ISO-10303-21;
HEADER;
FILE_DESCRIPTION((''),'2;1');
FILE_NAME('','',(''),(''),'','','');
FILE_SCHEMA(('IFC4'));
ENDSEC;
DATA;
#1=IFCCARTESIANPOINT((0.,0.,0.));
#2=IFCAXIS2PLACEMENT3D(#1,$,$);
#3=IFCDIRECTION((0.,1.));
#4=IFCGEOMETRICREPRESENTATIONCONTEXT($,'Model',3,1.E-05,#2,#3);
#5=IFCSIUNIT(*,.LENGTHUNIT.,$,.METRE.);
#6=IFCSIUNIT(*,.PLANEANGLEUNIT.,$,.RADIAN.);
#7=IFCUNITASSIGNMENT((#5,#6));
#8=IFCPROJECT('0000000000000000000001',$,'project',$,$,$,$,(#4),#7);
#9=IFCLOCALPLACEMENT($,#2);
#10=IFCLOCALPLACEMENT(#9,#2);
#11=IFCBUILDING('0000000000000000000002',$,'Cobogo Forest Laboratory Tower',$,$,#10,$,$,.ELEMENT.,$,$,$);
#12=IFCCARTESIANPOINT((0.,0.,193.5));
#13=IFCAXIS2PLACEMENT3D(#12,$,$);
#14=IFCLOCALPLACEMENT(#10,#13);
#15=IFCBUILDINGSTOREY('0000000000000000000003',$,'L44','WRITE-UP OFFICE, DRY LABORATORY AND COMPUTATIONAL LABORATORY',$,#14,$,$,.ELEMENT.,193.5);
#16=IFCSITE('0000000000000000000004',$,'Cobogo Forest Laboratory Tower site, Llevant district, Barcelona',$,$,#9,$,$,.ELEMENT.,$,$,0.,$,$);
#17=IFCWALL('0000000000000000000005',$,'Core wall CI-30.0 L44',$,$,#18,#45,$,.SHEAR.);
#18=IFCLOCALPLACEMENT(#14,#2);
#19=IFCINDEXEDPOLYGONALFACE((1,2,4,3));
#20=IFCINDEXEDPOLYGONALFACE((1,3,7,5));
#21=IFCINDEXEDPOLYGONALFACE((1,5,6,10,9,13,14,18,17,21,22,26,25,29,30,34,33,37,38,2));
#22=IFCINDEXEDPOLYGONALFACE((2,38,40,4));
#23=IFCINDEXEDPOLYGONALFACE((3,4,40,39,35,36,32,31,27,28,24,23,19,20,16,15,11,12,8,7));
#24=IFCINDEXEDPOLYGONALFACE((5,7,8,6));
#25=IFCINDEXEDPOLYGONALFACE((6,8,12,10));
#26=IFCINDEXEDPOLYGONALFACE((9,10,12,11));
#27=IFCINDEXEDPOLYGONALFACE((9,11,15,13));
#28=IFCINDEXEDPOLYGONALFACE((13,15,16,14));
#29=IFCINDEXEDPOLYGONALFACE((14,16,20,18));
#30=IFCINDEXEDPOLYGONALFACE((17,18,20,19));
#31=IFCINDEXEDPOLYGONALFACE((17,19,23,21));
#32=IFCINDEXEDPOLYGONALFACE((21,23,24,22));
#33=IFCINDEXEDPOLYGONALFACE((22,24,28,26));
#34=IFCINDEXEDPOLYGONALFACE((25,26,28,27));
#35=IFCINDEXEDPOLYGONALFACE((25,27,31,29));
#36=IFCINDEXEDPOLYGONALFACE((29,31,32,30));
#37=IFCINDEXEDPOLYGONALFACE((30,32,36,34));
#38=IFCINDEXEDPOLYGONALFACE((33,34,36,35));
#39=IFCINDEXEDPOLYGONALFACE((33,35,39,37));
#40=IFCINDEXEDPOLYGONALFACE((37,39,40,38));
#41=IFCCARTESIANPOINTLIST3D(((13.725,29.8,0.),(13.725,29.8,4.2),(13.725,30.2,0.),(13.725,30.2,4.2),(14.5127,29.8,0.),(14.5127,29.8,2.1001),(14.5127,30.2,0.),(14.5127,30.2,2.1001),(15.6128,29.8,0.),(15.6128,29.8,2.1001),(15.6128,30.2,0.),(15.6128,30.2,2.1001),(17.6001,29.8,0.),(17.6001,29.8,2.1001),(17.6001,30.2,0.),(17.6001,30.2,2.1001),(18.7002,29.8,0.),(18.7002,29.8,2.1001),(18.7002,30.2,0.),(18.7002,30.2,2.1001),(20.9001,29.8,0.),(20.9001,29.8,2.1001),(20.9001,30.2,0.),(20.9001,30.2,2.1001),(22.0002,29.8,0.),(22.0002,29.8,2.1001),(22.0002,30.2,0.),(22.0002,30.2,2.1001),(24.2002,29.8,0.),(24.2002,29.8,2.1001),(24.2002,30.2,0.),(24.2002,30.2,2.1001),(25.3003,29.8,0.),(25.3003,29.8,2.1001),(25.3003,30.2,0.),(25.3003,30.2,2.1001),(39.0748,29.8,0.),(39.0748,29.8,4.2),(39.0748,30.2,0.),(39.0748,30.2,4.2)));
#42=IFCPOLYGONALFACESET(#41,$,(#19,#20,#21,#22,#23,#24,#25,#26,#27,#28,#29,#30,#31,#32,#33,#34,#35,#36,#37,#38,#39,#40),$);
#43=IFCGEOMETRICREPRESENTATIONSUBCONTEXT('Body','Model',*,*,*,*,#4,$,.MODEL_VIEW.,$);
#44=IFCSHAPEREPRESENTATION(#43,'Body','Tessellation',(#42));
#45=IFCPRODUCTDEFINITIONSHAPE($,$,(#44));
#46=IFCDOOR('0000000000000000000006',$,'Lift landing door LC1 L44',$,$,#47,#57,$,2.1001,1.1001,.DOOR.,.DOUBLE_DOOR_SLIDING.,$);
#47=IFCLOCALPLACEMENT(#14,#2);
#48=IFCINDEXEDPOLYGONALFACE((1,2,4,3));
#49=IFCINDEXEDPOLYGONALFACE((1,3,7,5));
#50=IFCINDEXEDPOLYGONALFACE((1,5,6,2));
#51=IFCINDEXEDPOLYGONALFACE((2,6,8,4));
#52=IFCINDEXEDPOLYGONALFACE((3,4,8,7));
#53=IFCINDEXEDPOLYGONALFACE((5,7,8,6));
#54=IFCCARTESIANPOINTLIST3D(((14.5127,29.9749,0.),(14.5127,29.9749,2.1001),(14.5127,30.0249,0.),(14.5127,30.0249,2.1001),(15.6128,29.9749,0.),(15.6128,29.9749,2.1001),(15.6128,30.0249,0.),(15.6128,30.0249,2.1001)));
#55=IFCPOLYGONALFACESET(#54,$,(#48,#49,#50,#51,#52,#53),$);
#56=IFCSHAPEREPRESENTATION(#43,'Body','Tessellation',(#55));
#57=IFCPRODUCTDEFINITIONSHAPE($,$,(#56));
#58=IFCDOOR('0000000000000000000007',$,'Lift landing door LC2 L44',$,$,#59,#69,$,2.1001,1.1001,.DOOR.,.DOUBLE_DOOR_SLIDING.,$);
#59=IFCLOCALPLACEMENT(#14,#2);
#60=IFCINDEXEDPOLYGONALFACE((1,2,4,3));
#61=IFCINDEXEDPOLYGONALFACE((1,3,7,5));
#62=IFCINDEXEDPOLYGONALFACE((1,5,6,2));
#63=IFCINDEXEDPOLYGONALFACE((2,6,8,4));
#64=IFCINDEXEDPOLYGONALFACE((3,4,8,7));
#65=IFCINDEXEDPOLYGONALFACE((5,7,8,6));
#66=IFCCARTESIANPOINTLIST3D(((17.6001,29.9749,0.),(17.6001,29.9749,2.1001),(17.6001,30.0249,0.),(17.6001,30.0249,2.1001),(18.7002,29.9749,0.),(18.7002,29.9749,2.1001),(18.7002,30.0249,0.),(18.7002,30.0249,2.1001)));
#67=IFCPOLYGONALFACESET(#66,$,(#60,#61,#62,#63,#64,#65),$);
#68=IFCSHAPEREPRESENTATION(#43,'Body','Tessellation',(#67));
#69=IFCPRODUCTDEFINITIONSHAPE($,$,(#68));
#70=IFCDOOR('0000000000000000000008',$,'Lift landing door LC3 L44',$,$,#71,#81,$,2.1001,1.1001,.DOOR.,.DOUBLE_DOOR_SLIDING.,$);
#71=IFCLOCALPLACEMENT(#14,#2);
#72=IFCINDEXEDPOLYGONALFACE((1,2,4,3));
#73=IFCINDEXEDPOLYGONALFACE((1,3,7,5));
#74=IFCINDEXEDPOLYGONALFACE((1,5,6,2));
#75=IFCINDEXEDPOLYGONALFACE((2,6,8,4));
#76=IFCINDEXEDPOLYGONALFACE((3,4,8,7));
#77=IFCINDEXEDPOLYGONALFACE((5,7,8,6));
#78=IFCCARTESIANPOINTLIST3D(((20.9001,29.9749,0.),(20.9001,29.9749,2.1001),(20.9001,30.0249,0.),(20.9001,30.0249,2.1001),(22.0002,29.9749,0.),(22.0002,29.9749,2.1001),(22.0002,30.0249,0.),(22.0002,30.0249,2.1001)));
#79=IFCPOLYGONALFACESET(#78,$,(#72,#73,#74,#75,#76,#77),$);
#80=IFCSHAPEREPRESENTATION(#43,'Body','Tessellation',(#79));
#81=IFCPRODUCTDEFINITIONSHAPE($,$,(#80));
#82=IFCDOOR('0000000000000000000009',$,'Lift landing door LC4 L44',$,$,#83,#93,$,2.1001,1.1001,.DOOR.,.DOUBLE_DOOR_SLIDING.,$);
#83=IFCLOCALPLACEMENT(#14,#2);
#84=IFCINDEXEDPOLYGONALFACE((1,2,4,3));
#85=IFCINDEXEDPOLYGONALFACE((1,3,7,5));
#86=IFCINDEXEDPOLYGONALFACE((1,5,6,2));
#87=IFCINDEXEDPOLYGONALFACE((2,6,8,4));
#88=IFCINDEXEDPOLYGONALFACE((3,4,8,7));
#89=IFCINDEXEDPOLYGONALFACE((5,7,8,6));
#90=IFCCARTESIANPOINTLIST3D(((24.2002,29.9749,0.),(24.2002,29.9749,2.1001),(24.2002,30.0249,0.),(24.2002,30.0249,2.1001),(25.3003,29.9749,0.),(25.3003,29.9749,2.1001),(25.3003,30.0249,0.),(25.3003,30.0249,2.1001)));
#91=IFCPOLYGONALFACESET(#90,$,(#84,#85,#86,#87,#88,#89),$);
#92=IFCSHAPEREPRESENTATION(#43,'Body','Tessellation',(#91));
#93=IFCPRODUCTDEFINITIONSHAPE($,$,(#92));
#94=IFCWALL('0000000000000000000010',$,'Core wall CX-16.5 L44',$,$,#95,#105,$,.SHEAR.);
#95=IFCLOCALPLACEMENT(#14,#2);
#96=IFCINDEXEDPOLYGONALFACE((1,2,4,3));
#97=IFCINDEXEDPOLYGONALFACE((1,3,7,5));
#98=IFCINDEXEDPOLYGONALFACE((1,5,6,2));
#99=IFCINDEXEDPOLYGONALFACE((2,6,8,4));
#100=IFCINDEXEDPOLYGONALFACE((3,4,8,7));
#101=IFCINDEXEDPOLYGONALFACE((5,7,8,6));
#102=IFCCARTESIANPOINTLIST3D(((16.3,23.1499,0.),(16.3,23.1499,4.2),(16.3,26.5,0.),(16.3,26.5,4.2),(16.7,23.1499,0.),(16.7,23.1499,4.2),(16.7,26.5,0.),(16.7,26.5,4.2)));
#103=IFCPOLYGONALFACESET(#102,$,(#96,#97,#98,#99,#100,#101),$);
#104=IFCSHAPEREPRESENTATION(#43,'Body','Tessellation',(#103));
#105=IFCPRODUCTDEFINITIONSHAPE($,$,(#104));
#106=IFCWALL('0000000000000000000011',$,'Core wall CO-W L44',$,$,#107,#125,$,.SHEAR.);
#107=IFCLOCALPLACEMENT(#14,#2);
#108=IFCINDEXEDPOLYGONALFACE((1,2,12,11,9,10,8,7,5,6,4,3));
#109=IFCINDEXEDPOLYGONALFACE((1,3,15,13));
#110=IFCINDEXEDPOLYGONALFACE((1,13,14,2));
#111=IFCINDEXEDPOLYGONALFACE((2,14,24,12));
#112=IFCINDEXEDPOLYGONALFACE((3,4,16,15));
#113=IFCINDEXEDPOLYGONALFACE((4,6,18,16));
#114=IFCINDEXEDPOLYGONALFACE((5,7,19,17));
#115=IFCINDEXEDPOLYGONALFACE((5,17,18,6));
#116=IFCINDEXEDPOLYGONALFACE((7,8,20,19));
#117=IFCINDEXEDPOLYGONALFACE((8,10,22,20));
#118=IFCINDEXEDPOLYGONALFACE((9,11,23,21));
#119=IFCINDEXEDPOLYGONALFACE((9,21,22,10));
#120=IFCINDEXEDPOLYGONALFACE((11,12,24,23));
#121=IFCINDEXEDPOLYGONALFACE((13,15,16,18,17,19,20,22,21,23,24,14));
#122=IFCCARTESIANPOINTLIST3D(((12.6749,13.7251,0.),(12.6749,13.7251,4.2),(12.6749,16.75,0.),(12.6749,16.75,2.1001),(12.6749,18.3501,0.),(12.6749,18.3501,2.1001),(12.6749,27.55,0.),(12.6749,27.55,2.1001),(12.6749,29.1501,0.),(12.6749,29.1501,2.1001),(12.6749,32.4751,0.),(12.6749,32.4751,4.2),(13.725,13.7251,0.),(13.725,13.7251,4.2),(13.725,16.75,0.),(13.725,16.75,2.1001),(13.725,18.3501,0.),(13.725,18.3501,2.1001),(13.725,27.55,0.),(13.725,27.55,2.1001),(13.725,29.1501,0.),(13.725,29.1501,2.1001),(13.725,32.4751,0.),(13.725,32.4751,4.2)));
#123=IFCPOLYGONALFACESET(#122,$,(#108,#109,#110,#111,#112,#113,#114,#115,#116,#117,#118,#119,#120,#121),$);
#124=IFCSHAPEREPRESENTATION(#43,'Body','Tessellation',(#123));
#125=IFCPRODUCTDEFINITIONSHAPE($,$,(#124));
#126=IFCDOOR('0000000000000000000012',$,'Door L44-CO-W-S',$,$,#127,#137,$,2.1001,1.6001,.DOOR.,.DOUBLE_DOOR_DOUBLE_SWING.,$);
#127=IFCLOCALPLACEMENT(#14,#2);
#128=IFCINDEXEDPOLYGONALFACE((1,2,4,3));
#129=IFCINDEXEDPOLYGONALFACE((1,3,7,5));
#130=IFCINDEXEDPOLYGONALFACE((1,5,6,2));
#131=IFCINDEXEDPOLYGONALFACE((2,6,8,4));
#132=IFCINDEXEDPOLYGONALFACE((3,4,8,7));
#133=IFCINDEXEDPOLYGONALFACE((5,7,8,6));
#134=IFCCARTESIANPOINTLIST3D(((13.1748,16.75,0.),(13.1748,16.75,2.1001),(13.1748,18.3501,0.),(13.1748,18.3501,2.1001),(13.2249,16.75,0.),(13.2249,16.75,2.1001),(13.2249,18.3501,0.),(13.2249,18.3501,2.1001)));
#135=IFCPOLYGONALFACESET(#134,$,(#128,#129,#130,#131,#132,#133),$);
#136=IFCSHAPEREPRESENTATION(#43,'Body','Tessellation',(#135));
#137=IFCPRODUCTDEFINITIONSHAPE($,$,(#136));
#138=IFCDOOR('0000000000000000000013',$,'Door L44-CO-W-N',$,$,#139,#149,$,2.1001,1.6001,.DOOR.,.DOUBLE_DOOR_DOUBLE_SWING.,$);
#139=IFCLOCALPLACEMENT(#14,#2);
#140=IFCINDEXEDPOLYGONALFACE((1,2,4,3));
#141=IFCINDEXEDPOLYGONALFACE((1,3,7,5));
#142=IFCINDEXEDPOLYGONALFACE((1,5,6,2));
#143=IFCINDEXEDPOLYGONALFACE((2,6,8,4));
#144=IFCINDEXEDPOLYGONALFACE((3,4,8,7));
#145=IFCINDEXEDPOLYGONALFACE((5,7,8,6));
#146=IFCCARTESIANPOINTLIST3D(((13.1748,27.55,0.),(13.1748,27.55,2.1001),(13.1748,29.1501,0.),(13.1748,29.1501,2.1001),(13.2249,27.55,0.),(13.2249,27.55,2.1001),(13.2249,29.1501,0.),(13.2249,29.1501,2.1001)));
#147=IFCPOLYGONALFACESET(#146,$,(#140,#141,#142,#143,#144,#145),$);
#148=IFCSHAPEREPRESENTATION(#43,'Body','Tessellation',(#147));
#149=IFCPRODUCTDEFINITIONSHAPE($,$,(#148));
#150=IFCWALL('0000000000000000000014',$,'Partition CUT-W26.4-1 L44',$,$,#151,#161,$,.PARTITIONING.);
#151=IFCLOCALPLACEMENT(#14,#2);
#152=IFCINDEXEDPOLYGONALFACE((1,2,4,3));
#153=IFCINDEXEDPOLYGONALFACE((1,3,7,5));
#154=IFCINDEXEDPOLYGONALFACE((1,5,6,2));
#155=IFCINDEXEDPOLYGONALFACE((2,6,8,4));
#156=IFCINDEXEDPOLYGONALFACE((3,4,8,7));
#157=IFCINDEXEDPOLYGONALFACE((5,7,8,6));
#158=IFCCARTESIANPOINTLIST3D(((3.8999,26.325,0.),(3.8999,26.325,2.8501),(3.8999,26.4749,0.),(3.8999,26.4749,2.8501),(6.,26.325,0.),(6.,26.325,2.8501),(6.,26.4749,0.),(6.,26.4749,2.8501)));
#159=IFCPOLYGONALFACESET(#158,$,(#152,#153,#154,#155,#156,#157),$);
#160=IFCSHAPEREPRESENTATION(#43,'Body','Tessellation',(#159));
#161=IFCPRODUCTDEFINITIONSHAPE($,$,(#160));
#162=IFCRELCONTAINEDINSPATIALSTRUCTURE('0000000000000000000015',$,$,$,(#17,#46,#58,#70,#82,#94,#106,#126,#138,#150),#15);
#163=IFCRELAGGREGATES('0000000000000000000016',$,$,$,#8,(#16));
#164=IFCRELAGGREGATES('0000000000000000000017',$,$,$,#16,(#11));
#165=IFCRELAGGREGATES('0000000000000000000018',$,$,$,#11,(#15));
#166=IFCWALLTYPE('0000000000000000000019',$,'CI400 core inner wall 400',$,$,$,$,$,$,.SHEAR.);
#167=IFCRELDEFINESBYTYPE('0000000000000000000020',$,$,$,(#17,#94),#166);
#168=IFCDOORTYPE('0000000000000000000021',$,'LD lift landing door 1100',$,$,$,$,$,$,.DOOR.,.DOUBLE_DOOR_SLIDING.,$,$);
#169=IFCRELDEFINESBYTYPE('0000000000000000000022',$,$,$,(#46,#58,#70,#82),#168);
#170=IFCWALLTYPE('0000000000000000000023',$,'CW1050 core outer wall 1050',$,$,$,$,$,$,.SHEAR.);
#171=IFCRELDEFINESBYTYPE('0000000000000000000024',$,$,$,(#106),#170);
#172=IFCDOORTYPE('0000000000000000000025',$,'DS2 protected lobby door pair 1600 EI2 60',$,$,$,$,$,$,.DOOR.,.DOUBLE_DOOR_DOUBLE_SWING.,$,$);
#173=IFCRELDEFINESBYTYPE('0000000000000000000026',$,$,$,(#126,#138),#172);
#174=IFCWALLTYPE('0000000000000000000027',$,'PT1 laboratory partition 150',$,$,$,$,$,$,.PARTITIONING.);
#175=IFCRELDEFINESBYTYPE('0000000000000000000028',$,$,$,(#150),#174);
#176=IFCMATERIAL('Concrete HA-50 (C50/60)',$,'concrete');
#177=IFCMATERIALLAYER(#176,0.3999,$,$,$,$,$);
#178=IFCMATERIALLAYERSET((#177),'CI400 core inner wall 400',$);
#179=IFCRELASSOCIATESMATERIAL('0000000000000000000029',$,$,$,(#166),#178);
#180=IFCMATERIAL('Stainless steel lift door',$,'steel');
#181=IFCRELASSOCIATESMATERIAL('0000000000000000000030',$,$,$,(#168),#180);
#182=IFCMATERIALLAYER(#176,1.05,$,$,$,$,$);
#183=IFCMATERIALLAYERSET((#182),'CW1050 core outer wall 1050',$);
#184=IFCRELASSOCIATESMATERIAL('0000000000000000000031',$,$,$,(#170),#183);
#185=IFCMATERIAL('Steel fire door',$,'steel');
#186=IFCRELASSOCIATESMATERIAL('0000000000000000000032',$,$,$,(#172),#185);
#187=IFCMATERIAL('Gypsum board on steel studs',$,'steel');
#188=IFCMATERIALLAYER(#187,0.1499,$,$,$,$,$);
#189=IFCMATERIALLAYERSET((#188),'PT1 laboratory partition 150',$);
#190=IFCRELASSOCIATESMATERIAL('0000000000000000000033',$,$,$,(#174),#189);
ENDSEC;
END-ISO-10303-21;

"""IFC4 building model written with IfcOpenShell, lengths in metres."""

from ifc_helpers import new_model, si_unit, direction, frame, frame_2d, origin, place, context, subcontext, project, spatial, rectangle, extrude, material, layer, layer_set, type_object, element, fill, save


model = new_model("IFC4")

# Units and contexts
model_context = context("Model", 3, precision=1e-05, world=origin(), true_north=direction((0.0, 1.0)))
body_context = subcontext(model_context, "Body", "Model", "MODEL_VIEW")
ifc_project = project(units=[si_unit("LENGTHUNIT", "METRE"), si_unit("PLANEANGLEUNIT", "RADIAN")], contexts=[model_context])

# Site, building, storey
site_placement = place(None, origin())
site = spatial("IfcSite", under=ifc_project, at=site_placement, Name="Cobogo Forest Laboratory Tower site, Llevant district, Barcelona", CompositionType="ELEMENT", RefElevation=0.0)
building_placement = place(site_placement, origin())
building = spatial("IfcBuilding", under=site, at=building_placement, Name="Cobogo Forest Laboratory Tower", CompositionType="ELEMENT")
storey_placement = place(building_placement, frame((0.0, 0.0, 193.5)))
storey = spatial("IfcBuildingStorey", under=building, at=storey_placement, Name="L44", Description="WRITE-UP OFFICE, DRY LABORATORY AND COMPUTATIONAL LABORATORY", CompositionType="ELEMENT", Elevation=193.5)

# Shared definitions
ifc_material_1 = material(Name="Concrete HA-50 (C50/60)", Category="concrete")

# Shared definitions
ifc_layer_1 = layer(ifc_material_1, 0.3999)
ifc_layer_set_1 = layer_set([ifc_layer_1], Name="CI400 core inner wall 400")
wall_type_1 = type_object("IfcWallType", Name="CI400 core inner wall 400", PredefinedType="SHEAR", material=ifc_layer_set_1)

# Wall, openings, doors
ifc_material_2 = material(Name="Steel fire door", Category="steel")
ifc_material_3 = material(Name="Stainless steel lift door", Category="steel")
door_type_1 = type_object("IfcDoorType", Name="LD lift landing door 1100", OperationType="DOUBLE_DOOR_SLIDING", PredefinedType="DOOR", material=ifc_material_3)
wall_1_placement = place(storey_placement, frame((13.7251, 30.0, 0.0), z_axis=(0.0, 0.0, 1.0), x_axis=(1.0, 0.0, 0.0)))
wall_1 = element("IfcWall", 1, at=wall_1_placement, inside=storey, type_object=wall_type_1, Name="Core wall CI-30.0 L44", PredefinedType="SHEAR", context=body_context, shape_type="SweptSolid", body=[
    extrude(rectangle(XDim=25.3499, YDim=0.3999, at=frame_2d((12.6748, 0.0))), origin(), (0.0, 0.0, 1.0), 4.2),
])
opening_1_placement = place(wall_1_placement, frame((0.7876, 0.0, 0.0)))
opening_1 = element("IfcOpeningElement", 2, at=opening_1_placement, cuts=wall_1, PredefinedType="OPENING", context=body_context, shape_type="SweptSolid", body=[
    extrude(rectangle(XDim=1.1001, YDim=2.1001, at=frame_2d((0.55, 1.05))), frame((0.0, 0.21, 0.0), z_axis=(0.0, -1.0, 0.0), x_axis=(1.0, 0.0, 0.0)), (0.0, 0.0, 1.0), 0.4199),
])
opening_2_placement = place(wall_1_placement, frame((3.875, 0.0, 0.0)))
opening_2 = element("IfcOpeningElement", 3, at=opening_2_placement, cuts=wall_1, PredefinedType="OPENING", context=body_context, shape_type="SweptSolid", body=[
    extrude(rectangle(XDim=1.1001, YDim=2.1001, at=frame_2d((0.55, 1.05))), frame((0.0, 0.21, 0.0), z_axis=(0.0, -1.0, 0.0), x_axis=(1.0, 0.0, 0.0)), (0.0, 0.0, 1.0), 0.4199),
])
opening_3_placement = place(wall_1_placement, frame((7.175, 0.0, 0.0)))
opening_3 = element("IfcOpeningElement", 4, at=opening_3_placement, cuts=wall_1, PredefinedType="OPENING", context=body_context, shape_type="SweptSolid", body=[
    extrude(rectangle(XDim=1.1001, YDim=2.1001, at=frame_2d((0.55, 1.05))), frame((0.0, 0.21, 0.0), z_axis=(0.0, -1.0, 0.0), x_axis=(1.0, 0.0, 0.0)), (0.0, 0.0, 1.0), 0.4199),
])
opening_4_placement = place(wall_1_placement, frame((10.4751, 0.0, 0.0)))
opening_4 = element("IfcOpeningElement", 5, at=opening_4_placement, cuts=wall_1, PredefinedType="OPENING", context=body_context, shape_type="SweptSolid", body=[
    extrude(rectangle(XDim=1.1001, YDim=2.1001, at=frame_2d((0.55, 1.05))), frame((0.0, 0.21, 0.0), z_axis=(0.0, -1.0, 0.0), x_axis=(1.0, 0.0, 0.0)), (0.0, 0.0, 1.0), 0.4199),
])
door_1_placement = place(opening_1_placement, origin())
door_1 = element("IfcDoor", 6, at=door_1_placement, inside=storey, type_object=door_type_1, Name="Lift landing door LC1 L44", OperationType="DOUBLE_DOOR_SLIDING", OverallHeight=2.1001, OverallWidth=1.1001, PredefinedType="DOOR", context=body_context, shape_type="SweptSolid", body=[
    extrude(rectangle(XDim=1.1001, YDim=2.1001, at=frame_2d((0.55, 1.05))), frame((0.0, 0.0249, 0.0), z_axis=(0.0, -1.0, 0.0), x_axis=(1.0, 0.0, 0.0)), (0.0, 0.0, 1.0), 0.05),
])
fill(opening_1, door_1)
door_2_placement = place(opening_2_placement, origin())
door_2 = element("IfcDoor", 7, at=door_2_placement, inside=storey, type_object=door_type_1, Name="Lift landing door LC2 L44", OperationType="DOUBLE_DOOR_SLIDING", OverallHeight=2.1001, OverallWidth=1.1001, PredefinedType="DOOR", context=body_context, shape_type="SweptSolid", body=[
    extrude(rectangle(XDim=1.1001, YDim=2.1001, at=frame_2d((0.55, 1.05))), frame((0.0, 0.0249, 0.0), z_axis=(0.0, -1.0, 0.0), x_axis=(1.0, 0.0, 0.0)), (0.0, 0.0, 1.0), 0.05),
])
fill(opening_2, door_2)
door_3_placement = place(opening_3_placement, origin())
door_3 = element("IfcDoor", 8, at=door_3_placement, inside=storey, type_object=door_type_1, Name="Lift landing door LC3 L44", OperationType="DOUBLE_DOOR_SLIDING", OverallHeight=2.1001, OverallWidth=1.1001, PredefinedType="DOOR", context=body_context, shape_type="SweptSolid", body=[
    extrude(rectangle(XDim=1.1001, YDim=2.1001, at=frame_2d((0.55, 1.05))), frame((0.0, 0.0249, 0.0), z_axis=(0.0, -1.0, 0.0), x_axis=(1.0, 0.0, 0.0)), (0.0, 0.0, 1.0), 0.05),
])
fill(opening_3, door_3)
door_4_placement = place(opening_4_placement, origin())
door_4 = element("IfcDoor", 9, at=door_4_placement, inside=storey, type_object=door_type_1, Name="Lift landing door LC4 L44", OperationType="DOUBLE_DOOR_SLIDING", OverallHeight=2.1001, OverallWidth=1.1001, PredefinedType="DOOR", context=body_context, shape_type="SweptSolid", body=[
    extrude(rectangle(XDim=1.1001, YDim=2.1001, at=frame_2d((0.55, 1.05))), frame((0.0, 0.0249, 0.0), z_axis=(0.0, -1.0, 0.0), x_axis=(1.0, 0.0, 0.0)), (0.0, 0.0, 1.0), 0.05),
])
fill(opening_4, door_4)

# Wall
wall_2_placement = place(storey_placement, frame((16.5, 23.1499, 0.0), z_axis=(0.0, 0.0, 1.0), x_axis=(0.0, 1.0, 0.0)))
element("IfcWall", 10, at=wall_2_placement, inside=storey, type_object=wall_type_1, Name="Core wall CX-16.5 L44", PredefinedType="SHEAR", context=body_context, shape_type="SweptSolid", body=[
    extrude(rectangle(XDim=3.3501, YDim=0.3999, at=frame_2d((1.675, 0.0))), origin(), (0.0, 0.0, 1.0), 4.2),
])

# Wall, openings, doors
ifc_layer_2 = layer(ifc_material_1, 1.05)
ifc_layer_set_2 = layer_set([ifc_layer_2], Name="CW1050 core outer wall 1050")
wall_type_2 = type_object("IfcWallType", Name="CW1050 core outer wall 1050", PredefinedType="SHEAR", material=ifc_layer_set_2)
wall_3_placement = place(storey_placement, frame((13.2, 32.4751, 0.0), z_axis=(0.0, 0.0, 1.0), x_axis=(0.0, -1.0, 0.0)))
wall_3 = element("IfcWall", 11, at=wall_3_placement, inside=storey, type_object=wall_type_2, Name="Core wall CO-W L44", PredefinedType="SHEAR", context=body_context, shape_type="SweptSolid", body=[
    extrude(rectangle(XDim=18.75, YDim=1.05, at=frame_2d((9.375, 0.0))), origin(), (0.0, 0.0, 1.0), 4.2),
])
opening_5_placement = place(wall_3_placement, frame((14.125, 0.0, 0.0)))
opening_5 = element("IfcOpeningElement", 12, at=opening_5_placement, cuts=wall_3, PredefinedType="OPENING", context=body_context, shape_type="SweptSolid", body=[
    extrude(rectangle(XDim=1.6001, YDim=2.1001, at=frame_2d((0.8, 1.05))), frame((0.0, 0.5349, 0.0), z_axis=(0.0, -1.0, 0.0), x_axis=(1.0, 0.0, 0.0)), (0.0, 0.0, 1.0), 1.0701),
])
opening_6_placement = place(wall_3_placement, frame((3.325, 0.0, 0.0)))
opening_6 = element("IfcOpeningElement", 13, at=opening_6_placement, cuts=wall_3, PredefinedType="OPENING", context=body_context, shape_type="SweptSolid", body=[
    extrude(rectangle(XDim=1.6001, YDim=2.1001, at=frame_2d((0.8, 1.05))), frame((0.0, 0.5349, 0.0), z_axis=(0.0, -1.0, 0.0), x_axis=(1.0, 0.0, 0.0)), (0.0, 0.0, 1.0), 1.0701),
])
door_type_2 = type_object("IfcDoorType", Name="DS2 protected lobby door pair 1600 EI2 60", OperationType="DOUBLE_DOOR_DOUBLE_SWING", PredefinedType="DOOR", material=ifc_material_2)
door_5_placement = place(opening_5_placement, origin())
door_5 = element("IfcDoor", 14, at=door_5_placement, inside=storey, type_object=door_type_2, Name="Door L44-CO-W-S", OperationType="DOUBLE_DOOR_DOUBLE_SWING", OverallHeight=2.1001, OverallWidth=1.6001, PredefinedType="DOOR", context=body_context, shape_type="SweptSolid", body=[
    extrude(rectangle(XDim=1.6001, YDim=2.1001, at=frame_2d((0.8, 1.05))), frame((0.0, 0.0249, 0.0), z_axis=(0.0, -1.0, 0.0), x_axis=(1.0, 0.0, 0.0)), (0.0, 0.0, 1.0), 0.05),
])
fill(opening_5, door_5)
door_6_placement = place(opening_6_placement, origin())
door_6 = element("IfcDoor", 15, at=door_6_placement, inside=storey, type_object=door_type_2, Name="Door L44-CO-W-N", OperationType="DOUBLE_DOOR_DOUBLE_SWING", OverallHeight=2.1001, OverallWidth=1.6001, PredefinedType="DOOR", context=body_context, shape_type="SweptSolid", body=[
    extrude(rectangle(XDim=1.6001, YDim=2.1001, at=frame_2d((0.8, 1.05))), frame((0.0, 0.0249, 0.0), z_axis=(0.0, -1.0, 0.0), x_axis=(1.0, 0.0, 0.0)), (0.0, 0.0, 1.0), 0.05),
])
fill(opening_6, door_6)

# Wall
ifc_material_4 = material(Name="Gypsum board on steel studs", Category="steel")
ifc_layer_3 = layer(ifc_material_4, 0.1499)
ifc_layer_set_3 = layer_set([ifc_layer_3], Name="PT1 laboratory partition 150")
wall_type_3 = type_object("IfcWallType", Name="PT1 laboratory partition 150", PredefinedType="PARTITIONING", material=ifc_layer_set_3)
wall_4_placement = place(storey_placement, frame((3.8999, 26.3999, 0.0), z_axis=(0.0, 0.0, 1.0), x_axis=(1.0, 0.0, 0.0)))
element("IfcWall", 16, at=wall_4_placement, inside=storey, type_object=wall_type_3, Name="Partition CUT-W26.4-1 L44", PredefinedType="PARTITIONING", context=body_context, shape_type="SweptSolid", body=[
    extrude(rectangle(XDim=2.1001, YDim=0.1499, at=frame_2d((1.05, 0.0))), origin(), (0.0, 0.0, 1.0), 2.8501),
])

save(model, "model.ifc")
